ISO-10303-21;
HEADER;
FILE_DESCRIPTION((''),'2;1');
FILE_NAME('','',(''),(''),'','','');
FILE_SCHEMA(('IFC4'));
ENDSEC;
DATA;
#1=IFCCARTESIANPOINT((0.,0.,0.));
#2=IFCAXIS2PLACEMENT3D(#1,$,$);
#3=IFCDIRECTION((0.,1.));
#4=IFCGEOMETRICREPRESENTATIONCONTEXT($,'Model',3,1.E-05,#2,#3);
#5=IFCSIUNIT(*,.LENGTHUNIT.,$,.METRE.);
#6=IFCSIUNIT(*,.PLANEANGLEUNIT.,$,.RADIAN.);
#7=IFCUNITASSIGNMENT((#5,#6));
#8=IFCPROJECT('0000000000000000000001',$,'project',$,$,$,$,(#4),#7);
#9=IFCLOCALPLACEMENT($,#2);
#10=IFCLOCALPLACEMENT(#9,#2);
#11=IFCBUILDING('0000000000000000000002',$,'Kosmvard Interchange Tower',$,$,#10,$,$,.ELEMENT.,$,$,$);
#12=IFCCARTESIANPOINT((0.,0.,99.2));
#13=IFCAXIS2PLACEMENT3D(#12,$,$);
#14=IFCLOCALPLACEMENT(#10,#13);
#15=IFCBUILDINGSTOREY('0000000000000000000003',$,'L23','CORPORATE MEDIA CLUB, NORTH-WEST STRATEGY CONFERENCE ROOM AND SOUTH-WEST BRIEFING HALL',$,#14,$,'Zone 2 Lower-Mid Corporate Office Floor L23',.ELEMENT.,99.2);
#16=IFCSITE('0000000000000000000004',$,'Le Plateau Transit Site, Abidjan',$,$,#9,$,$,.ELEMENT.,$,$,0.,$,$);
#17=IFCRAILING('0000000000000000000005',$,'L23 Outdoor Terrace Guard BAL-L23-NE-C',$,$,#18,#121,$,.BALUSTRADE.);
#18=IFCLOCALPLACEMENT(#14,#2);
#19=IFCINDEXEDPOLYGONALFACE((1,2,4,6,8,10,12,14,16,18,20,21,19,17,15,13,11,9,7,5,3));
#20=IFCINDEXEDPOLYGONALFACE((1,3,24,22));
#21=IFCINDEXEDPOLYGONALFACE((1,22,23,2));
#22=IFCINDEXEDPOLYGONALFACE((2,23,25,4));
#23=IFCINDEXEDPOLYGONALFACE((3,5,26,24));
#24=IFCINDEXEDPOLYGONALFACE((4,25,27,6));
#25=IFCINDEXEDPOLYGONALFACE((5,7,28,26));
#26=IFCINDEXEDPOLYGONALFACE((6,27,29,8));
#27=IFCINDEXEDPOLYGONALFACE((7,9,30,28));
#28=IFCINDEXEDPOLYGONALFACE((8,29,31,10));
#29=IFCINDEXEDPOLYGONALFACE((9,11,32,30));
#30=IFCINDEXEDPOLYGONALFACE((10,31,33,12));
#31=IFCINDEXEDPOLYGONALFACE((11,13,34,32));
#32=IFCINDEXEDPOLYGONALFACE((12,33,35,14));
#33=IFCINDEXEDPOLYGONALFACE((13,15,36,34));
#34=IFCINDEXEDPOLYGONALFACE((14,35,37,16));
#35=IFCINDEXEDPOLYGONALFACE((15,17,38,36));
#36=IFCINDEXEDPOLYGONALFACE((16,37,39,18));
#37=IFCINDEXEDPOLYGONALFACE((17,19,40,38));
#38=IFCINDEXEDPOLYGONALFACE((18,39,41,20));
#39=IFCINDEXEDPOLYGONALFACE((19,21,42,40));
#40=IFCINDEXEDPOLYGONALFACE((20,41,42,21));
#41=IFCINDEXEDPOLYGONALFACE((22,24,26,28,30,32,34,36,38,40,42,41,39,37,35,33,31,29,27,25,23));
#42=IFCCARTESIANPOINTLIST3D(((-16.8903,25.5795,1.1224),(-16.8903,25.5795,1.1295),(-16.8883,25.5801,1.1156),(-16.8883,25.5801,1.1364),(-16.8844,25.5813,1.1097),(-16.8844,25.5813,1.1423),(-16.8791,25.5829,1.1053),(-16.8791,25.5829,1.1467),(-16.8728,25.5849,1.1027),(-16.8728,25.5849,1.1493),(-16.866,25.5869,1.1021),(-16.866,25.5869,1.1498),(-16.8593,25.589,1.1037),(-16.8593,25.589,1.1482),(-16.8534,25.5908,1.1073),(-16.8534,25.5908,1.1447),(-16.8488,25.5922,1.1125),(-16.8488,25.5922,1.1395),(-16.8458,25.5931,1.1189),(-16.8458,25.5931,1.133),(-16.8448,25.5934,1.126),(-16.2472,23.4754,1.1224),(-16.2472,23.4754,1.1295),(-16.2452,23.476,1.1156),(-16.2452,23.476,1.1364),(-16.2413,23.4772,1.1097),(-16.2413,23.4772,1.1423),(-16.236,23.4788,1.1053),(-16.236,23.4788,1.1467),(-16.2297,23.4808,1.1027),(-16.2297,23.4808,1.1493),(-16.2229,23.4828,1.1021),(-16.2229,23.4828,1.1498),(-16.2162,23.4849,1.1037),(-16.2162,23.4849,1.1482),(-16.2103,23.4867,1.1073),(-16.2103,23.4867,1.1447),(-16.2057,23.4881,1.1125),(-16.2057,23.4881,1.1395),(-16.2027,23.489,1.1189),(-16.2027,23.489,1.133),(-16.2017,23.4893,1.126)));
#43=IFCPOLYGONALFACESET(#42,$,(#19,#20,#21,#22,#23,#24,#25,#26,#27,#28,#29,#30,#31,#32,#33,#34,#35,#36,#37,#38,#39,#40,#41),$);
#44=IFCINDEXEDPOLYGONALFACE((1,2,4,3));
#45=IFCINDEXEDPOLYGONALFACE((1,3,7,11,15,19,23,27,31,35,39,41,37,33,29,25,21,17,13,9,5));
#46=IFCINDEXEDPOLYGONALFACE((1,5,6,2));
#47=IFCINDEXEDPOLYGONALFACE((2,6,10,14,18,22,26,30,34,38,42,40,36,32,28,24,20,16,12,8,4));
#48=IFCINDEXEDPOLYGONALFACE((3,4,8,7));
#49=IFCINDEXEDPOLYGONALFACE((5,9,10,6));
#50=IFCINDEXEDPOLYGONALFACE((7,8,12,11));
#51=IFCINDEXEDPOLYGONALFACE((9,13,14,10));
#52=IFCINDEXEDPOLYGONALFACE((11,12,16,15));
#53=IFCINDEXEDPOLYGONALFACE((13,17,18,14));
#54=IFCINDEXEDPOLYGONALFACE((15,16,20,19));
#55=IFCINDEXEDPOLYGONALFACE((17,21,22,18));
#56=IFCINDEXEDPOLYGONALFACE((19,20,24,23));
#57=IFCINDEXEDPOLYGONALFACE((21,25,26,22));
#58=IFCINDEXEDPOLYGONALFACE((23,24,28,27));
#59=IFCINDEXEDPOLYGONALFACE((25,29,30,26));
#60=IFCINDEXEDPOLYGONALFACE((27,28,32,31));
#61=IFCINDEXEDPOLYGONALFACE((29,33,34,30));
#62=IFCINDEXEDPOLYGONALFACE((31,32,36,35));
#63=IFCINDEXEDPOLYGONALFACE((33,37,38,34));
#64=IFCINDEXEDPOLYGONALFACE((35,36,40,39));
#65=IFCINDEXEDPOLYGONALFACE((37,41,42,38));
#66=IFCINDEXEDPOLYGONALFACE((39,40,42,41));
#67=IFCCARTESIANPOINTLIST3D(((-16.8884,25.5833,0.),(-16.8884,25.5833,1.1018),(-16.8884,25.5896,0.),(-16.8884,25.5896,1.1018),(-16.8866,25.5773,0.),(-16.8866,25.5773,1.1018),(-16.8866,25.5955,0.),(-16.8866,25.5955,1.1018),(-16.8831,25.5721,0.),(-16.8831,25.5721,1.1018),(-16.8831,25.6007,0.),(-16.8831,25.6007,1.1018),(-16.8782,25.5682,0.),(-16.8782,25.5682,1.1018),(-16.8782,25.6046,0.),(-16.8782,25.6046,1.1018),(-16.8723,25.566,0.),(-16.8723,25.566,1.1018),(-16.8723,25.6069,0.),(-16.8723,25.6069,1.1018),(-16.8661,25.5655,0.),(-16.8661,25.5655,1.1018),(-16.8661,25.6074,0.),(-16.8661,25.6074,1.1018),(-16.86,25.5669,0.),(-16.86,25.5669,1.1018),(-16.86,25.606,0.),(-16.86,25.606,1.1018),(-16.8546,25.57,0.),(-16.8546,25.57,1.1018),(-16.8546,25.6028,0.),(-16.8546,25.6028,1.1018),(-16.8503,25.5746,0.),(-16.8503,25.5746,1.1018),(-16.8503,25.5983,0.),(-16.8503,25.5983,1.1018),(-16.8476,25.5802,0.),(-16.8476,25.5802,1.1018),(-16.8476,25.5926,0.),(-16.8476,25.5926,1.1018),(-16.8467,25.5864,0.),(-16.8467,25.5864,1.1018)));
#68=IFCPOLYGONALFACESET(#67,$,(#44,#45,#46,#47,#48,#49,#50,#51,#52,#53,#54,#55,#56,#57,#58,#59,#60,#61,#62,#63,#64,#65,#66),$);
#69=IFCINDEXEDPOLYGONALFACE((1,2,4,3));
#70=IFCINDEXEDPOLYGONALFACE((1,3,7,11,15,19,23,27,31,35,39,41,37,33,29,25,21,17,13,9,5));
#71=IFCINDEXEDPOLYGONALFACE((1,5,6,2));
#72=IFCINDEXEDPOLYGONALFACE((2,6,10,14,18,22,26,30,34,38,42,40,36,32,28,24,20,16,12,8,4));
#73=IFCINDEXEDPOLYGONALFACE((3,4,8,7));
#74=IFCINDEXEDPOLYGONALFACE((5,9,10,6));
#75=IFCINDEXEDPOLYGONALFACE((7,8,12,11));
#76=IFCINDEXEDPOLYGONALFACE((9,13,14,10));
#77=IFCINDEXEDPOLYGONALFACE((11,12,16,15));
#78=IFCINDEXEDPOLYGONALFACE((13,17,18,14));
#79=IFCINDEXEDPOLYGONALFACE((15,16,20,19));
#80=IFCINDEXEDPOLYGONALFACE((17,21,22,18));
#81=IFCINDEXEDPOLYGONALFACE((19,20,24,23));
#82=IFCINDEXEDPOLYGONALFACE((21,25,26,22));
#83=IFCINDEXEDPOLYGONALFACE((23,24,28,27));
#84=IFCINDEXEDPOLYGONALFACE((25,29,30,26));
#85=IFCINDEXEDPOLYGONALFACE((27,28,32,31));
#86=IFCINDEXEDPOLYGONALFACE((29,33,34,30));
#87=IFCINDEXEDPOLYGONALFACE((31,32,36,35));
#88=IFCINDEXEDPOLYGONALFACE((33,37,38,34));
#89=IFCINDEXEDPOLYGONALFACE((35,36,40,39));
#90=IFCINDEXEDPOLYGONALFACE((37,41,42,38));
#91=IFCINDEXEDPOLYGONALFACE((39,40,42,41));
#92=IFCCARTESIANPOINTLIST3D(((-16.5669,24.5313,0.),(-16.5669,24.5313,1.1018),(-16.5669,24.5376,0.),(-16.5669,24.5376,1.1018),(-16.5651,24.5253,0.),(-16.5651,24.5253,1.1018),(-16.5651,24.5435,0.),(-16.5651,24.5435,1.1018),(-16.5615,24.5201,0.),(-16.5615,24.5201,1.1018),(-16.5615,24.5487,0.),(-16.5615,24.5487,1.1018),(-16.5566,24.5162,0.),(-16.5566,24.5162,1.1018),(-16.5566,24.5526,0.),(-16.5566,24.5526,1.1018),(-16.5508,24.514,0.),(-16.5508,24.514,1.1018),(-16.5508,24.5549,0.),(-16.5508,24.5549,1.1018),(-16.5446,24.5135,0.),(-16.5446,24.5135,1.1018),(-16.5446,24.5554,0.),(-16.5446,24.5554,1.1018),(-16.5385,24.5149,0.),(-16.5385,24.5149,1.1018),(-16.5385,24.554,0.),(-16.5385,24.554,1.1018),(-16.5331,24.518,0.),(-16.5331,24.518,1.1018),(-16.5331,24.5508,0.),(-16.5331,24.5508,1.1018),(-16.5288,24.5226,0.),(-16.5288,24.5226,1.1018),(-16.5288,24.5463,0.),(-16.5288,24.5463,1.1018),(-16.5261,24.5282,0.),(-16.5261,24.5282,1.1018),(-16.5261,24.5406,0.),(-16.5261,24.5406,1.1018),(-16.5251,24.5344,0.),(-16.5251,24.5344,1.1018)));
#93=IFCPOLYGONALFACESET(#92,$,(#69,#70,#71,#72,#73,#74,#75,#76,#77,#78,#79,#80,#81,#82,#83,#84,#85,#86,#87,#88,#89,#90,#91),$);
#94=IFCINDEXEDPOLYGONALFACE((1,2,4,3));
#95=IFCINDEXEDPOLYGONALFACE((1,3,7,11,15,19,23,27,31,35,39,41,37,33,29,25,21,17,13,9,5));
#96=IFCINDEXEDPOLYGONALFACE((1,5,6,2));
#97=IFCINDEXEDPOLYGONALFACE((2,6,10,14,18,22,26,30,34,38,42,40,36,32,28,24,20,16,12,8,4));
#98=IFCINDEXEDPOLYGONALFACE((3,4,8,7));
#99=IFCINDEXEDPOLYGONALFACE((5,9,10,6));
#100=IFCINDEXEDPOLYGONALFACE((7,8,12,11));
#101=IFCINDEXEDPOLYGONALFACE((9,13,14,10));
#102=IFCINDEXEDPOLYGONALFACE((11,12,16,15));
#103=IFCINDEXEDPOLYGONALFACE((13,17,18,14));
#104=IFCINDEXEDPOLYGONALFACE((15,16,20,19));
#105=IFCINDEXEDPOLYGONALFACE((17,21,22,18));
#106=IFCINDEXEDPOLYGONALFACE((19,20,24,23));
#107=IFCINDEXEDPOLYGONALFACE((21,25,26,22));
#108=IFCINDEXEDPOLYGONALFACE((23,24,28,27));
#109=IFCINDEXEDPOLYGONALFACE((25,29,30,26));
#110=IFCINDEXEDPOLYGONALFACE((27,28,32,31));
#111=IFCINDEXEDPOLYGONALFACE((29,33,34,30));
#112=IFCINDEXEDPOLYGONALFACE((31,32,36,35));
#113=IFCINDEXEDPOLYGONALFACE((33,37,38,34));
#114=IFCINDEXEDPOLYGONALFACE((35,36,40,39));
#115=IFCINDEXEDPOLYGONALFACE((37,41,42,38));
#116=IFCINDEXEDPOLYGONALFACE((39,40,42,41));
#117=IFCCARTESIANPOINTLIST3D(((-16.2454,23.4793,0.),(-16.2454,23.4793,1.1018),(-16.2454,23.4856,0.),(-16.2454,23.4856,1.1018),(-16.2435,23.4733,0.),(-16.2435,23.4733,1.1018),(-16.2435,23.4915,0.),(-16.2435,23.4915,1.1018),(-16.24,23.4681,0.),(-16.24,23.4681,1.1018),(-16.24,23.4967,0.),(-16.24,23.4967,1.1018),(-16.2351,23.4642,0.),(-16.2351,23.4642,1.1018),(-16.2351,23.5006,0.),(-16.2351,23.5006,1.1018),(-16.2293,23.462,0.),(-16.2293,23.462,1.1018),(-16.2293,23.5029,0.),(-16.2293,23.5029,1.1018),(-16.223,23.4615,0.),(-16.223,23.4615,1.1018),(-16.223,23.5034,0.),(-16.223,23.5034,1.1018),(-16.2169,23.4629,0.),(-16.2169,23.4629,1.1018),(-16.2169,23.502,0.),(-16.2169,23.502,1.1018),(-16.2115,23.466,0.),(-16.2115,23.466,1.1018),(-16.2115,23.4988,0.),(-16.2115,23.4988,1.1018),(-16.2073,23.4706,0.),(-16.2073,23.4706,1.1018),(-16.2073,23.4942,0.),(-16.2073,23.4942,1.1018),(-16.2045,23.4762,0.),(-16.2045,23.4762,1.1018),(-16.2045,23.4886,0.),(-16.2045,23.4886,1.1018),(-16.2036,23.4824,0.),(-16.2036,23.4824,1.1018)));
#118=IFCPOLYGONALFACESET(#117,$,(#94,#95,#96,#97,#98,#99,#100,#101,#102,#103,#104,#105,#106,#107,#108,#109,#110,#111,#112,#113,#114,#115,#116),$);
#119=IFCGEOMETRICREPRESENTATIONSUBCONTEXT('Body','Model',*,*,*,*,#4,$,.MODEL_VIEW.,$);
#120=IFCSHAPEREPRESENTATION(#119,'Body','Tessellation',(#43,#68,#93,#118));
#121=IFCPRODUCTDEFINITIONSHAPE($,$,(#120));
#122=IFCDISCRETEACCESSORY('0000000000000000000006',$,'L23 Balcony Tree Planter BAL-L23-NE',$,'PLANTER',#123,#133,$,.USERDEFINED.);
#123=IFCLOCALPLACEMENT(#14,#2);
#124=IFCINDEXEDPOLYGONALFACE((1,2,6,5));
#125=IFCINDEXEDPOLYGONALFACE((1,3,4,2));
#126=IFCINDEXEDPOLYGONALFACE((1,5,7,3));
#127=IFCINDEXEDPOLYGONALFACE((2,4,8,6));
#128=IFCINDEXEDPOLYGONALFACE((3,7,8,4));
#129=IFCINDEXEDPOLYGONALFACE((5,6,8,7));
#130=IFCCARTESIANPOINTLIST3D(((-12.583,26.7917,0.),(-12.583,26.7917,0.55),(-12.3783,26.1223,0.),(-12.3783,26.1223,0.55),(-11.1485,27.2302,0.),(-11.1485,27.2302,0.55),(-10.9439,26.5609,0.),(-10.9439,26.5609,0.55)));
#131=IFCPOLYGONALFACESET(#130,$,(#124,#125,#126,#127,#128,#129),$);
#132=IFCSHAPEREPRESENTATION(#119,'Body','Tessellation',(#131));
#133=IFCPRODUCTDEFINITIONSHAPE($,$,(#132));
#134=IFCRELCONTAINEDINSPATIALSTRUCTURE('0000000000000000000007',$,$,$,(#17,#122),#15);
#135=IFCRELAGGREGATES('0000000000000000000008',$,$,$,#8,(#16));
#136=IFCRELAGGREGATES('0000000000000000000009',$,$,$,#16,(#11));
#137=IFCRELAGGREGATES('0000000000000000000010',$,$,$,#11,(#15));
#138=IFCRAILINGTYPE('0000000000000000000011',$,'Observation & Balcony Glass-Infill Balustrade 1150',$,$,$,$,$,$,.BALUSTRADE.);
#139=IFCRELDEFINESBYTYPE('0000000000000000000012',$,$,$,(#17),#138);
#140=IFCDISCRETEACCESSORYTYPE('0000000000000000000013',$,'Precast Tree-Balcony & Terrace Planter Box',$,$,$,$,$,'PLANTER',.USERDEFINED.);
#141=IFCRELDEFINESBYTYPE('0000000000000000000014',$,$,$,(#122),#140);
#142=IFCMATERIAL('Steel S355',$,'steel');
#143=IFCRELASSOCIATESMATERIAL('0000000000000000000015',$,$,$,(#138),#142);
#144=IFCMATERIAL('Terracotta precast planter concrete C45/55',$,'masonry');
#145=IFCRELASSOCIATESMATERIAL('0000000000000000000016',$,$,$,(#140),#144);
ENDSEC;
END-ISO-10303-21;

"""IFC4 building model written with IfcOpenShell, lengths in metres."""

from ifc_helpers import new_model, si_unit, direction, frame, origin, origin_2d, place, context, subcontext, project, spatial, rectangle, circle, extrude, source, transform, mapped, material, type_object, element, save


model = new_model("IFC4")

# Units and contexts
model_context = context("Model", 3, precision=1e-05, world=origin(), true_north=direction((0.0, 1.0)))
body_context = subcontext(model_context, "Body", "Model", "MODEL_VIEW")
ifc_project = project(units=[si_unit("LENGTHUNIT", "METRE"), si_unit("PLANEANGLEUNIT", "RADIAN")], contexts=[model_context])

# Site, building, storey
site_placement = place(None, origin())
site = spatial("IfcSite", under=ifc_project, at=site_placement, Name="Le Plateau Transit Site, Abidjan", CompositionType="ELEMENT", RefElevation=0.0)
building_placement = place(site_placement, origin())
building = spatial("IfcBuilding", under=site, at=building_placement, Name="Kosmvard Interchange Tower", CompositionType="ELEMENT")
storey_placement = place(building_placement, frame((0.0, 0.0, 99.2)))
storey = spatial("IfcBuildingStorey", under=building, at=storey_placement, Name="L23", Description="CORPORATE MEDIA CLUB, NORTH-WEST STRATEGY CONFERENCE ROOM AND SOUTH-WEST BRIEFING HALL", LongName="Zone 2 Lower-Mid Corporate Office Floor L23", CompositionType="ELEMENT", Elevation=99.2)

# Shared definitions
ifc_material_1 = material(Name="Steel S355", Category="steel")

# Railing
railing_type = type_object("IfcRailingType", Name="Observation & Balcony Glass-Infill Balustrade 1150", PredefinedType="BALUSTRADE", material=ifc_material_1)
shared_shape_1 = source(origin(), body_context, "Body", "SweptSolid", [
    extrude(circle(Radius=0.0239, at=origin_2d()), frame((0.0, 0.0, 1.126), z_axis=(0.292292, -0.956329, 0.0), x_axis=(0.956329, 0.292292, 0.0)), (0.0, 0.0, 1.0), 2.2002),
    extrude(circle(Radius=0.021, at=origin_2d()), origin(), (0.0, 0.0, 1.0), 1.1018),
    extrude(circle(Radius=0.021, at=origin_2d()), frame((0.3215, -1.052, 0.0)), (0.0, 0.0, 1.0), 1.1018),
    extrude(circle(Radius=0.021, at=origin_2d()), frame((0.6431, -2.104, 0.0)), (0.0, 0.0, 1.0), 1.1018),
])
railing_placement = place(storey_placement, frame((-16.8677, 25.5864, 0.0)))
element("IfcRailing", 1, at=railing_placement, inside=storey, type_object=railing_type, Name="L23 Outdoor Terrace Guard BAL-L23-NE-C", PredefinedType="BALUSTRADE", context=body_context, shape_type="MappedRepresentation", body=[
    mapped(shared_shape_1, transform((0.0, 0.0, 0.0), scale=1.0)),
])

# Discrete accessory
ifc_material_2 = material(Name="Terracotta precast planter concrete C45/55", Category="masonry")
discrete_accessory_type = type_object("IfcDiscreteAccessoryType", Name="Precast Tree-Balcony & Terrace Planter Box", ElementType="PLANTER", PredefinedType="USERDEFINED", material=ifc_material_2)
shared_shape_2 = source(origin(), body_context, "Body", "SweptSolid", [
    extrude(rectangle(XDim=1.5, YDim=0.7, at=origin_2d()), origin(), (0.0, 0.0, 1.0), 0.55),
])
discrete_accessory_placement = place(storey_placement, frame((-11.7634, 26.6763, 0.0), z_axis=(0.0, 0.0, 1.0), x_axis=(0.956305, 0.292372, 0.0)))
element("IfcDiscreteAccessory", 2, at=discrete_accessory_placement, inside=storey, type_object=discrete_accessory_type, Name="L23 Balcony Tree Planter BAL-L23-NE", ObjectType="PLANTER", PredefinedType="USERDEFINED", context=body_context, shape_type="MappedRepresentation", body=[
    mapped(shared_shape_2, transform((0.0, 0.0, 0.0), scale=1.0)),
])

save(model, "model.ifc")
